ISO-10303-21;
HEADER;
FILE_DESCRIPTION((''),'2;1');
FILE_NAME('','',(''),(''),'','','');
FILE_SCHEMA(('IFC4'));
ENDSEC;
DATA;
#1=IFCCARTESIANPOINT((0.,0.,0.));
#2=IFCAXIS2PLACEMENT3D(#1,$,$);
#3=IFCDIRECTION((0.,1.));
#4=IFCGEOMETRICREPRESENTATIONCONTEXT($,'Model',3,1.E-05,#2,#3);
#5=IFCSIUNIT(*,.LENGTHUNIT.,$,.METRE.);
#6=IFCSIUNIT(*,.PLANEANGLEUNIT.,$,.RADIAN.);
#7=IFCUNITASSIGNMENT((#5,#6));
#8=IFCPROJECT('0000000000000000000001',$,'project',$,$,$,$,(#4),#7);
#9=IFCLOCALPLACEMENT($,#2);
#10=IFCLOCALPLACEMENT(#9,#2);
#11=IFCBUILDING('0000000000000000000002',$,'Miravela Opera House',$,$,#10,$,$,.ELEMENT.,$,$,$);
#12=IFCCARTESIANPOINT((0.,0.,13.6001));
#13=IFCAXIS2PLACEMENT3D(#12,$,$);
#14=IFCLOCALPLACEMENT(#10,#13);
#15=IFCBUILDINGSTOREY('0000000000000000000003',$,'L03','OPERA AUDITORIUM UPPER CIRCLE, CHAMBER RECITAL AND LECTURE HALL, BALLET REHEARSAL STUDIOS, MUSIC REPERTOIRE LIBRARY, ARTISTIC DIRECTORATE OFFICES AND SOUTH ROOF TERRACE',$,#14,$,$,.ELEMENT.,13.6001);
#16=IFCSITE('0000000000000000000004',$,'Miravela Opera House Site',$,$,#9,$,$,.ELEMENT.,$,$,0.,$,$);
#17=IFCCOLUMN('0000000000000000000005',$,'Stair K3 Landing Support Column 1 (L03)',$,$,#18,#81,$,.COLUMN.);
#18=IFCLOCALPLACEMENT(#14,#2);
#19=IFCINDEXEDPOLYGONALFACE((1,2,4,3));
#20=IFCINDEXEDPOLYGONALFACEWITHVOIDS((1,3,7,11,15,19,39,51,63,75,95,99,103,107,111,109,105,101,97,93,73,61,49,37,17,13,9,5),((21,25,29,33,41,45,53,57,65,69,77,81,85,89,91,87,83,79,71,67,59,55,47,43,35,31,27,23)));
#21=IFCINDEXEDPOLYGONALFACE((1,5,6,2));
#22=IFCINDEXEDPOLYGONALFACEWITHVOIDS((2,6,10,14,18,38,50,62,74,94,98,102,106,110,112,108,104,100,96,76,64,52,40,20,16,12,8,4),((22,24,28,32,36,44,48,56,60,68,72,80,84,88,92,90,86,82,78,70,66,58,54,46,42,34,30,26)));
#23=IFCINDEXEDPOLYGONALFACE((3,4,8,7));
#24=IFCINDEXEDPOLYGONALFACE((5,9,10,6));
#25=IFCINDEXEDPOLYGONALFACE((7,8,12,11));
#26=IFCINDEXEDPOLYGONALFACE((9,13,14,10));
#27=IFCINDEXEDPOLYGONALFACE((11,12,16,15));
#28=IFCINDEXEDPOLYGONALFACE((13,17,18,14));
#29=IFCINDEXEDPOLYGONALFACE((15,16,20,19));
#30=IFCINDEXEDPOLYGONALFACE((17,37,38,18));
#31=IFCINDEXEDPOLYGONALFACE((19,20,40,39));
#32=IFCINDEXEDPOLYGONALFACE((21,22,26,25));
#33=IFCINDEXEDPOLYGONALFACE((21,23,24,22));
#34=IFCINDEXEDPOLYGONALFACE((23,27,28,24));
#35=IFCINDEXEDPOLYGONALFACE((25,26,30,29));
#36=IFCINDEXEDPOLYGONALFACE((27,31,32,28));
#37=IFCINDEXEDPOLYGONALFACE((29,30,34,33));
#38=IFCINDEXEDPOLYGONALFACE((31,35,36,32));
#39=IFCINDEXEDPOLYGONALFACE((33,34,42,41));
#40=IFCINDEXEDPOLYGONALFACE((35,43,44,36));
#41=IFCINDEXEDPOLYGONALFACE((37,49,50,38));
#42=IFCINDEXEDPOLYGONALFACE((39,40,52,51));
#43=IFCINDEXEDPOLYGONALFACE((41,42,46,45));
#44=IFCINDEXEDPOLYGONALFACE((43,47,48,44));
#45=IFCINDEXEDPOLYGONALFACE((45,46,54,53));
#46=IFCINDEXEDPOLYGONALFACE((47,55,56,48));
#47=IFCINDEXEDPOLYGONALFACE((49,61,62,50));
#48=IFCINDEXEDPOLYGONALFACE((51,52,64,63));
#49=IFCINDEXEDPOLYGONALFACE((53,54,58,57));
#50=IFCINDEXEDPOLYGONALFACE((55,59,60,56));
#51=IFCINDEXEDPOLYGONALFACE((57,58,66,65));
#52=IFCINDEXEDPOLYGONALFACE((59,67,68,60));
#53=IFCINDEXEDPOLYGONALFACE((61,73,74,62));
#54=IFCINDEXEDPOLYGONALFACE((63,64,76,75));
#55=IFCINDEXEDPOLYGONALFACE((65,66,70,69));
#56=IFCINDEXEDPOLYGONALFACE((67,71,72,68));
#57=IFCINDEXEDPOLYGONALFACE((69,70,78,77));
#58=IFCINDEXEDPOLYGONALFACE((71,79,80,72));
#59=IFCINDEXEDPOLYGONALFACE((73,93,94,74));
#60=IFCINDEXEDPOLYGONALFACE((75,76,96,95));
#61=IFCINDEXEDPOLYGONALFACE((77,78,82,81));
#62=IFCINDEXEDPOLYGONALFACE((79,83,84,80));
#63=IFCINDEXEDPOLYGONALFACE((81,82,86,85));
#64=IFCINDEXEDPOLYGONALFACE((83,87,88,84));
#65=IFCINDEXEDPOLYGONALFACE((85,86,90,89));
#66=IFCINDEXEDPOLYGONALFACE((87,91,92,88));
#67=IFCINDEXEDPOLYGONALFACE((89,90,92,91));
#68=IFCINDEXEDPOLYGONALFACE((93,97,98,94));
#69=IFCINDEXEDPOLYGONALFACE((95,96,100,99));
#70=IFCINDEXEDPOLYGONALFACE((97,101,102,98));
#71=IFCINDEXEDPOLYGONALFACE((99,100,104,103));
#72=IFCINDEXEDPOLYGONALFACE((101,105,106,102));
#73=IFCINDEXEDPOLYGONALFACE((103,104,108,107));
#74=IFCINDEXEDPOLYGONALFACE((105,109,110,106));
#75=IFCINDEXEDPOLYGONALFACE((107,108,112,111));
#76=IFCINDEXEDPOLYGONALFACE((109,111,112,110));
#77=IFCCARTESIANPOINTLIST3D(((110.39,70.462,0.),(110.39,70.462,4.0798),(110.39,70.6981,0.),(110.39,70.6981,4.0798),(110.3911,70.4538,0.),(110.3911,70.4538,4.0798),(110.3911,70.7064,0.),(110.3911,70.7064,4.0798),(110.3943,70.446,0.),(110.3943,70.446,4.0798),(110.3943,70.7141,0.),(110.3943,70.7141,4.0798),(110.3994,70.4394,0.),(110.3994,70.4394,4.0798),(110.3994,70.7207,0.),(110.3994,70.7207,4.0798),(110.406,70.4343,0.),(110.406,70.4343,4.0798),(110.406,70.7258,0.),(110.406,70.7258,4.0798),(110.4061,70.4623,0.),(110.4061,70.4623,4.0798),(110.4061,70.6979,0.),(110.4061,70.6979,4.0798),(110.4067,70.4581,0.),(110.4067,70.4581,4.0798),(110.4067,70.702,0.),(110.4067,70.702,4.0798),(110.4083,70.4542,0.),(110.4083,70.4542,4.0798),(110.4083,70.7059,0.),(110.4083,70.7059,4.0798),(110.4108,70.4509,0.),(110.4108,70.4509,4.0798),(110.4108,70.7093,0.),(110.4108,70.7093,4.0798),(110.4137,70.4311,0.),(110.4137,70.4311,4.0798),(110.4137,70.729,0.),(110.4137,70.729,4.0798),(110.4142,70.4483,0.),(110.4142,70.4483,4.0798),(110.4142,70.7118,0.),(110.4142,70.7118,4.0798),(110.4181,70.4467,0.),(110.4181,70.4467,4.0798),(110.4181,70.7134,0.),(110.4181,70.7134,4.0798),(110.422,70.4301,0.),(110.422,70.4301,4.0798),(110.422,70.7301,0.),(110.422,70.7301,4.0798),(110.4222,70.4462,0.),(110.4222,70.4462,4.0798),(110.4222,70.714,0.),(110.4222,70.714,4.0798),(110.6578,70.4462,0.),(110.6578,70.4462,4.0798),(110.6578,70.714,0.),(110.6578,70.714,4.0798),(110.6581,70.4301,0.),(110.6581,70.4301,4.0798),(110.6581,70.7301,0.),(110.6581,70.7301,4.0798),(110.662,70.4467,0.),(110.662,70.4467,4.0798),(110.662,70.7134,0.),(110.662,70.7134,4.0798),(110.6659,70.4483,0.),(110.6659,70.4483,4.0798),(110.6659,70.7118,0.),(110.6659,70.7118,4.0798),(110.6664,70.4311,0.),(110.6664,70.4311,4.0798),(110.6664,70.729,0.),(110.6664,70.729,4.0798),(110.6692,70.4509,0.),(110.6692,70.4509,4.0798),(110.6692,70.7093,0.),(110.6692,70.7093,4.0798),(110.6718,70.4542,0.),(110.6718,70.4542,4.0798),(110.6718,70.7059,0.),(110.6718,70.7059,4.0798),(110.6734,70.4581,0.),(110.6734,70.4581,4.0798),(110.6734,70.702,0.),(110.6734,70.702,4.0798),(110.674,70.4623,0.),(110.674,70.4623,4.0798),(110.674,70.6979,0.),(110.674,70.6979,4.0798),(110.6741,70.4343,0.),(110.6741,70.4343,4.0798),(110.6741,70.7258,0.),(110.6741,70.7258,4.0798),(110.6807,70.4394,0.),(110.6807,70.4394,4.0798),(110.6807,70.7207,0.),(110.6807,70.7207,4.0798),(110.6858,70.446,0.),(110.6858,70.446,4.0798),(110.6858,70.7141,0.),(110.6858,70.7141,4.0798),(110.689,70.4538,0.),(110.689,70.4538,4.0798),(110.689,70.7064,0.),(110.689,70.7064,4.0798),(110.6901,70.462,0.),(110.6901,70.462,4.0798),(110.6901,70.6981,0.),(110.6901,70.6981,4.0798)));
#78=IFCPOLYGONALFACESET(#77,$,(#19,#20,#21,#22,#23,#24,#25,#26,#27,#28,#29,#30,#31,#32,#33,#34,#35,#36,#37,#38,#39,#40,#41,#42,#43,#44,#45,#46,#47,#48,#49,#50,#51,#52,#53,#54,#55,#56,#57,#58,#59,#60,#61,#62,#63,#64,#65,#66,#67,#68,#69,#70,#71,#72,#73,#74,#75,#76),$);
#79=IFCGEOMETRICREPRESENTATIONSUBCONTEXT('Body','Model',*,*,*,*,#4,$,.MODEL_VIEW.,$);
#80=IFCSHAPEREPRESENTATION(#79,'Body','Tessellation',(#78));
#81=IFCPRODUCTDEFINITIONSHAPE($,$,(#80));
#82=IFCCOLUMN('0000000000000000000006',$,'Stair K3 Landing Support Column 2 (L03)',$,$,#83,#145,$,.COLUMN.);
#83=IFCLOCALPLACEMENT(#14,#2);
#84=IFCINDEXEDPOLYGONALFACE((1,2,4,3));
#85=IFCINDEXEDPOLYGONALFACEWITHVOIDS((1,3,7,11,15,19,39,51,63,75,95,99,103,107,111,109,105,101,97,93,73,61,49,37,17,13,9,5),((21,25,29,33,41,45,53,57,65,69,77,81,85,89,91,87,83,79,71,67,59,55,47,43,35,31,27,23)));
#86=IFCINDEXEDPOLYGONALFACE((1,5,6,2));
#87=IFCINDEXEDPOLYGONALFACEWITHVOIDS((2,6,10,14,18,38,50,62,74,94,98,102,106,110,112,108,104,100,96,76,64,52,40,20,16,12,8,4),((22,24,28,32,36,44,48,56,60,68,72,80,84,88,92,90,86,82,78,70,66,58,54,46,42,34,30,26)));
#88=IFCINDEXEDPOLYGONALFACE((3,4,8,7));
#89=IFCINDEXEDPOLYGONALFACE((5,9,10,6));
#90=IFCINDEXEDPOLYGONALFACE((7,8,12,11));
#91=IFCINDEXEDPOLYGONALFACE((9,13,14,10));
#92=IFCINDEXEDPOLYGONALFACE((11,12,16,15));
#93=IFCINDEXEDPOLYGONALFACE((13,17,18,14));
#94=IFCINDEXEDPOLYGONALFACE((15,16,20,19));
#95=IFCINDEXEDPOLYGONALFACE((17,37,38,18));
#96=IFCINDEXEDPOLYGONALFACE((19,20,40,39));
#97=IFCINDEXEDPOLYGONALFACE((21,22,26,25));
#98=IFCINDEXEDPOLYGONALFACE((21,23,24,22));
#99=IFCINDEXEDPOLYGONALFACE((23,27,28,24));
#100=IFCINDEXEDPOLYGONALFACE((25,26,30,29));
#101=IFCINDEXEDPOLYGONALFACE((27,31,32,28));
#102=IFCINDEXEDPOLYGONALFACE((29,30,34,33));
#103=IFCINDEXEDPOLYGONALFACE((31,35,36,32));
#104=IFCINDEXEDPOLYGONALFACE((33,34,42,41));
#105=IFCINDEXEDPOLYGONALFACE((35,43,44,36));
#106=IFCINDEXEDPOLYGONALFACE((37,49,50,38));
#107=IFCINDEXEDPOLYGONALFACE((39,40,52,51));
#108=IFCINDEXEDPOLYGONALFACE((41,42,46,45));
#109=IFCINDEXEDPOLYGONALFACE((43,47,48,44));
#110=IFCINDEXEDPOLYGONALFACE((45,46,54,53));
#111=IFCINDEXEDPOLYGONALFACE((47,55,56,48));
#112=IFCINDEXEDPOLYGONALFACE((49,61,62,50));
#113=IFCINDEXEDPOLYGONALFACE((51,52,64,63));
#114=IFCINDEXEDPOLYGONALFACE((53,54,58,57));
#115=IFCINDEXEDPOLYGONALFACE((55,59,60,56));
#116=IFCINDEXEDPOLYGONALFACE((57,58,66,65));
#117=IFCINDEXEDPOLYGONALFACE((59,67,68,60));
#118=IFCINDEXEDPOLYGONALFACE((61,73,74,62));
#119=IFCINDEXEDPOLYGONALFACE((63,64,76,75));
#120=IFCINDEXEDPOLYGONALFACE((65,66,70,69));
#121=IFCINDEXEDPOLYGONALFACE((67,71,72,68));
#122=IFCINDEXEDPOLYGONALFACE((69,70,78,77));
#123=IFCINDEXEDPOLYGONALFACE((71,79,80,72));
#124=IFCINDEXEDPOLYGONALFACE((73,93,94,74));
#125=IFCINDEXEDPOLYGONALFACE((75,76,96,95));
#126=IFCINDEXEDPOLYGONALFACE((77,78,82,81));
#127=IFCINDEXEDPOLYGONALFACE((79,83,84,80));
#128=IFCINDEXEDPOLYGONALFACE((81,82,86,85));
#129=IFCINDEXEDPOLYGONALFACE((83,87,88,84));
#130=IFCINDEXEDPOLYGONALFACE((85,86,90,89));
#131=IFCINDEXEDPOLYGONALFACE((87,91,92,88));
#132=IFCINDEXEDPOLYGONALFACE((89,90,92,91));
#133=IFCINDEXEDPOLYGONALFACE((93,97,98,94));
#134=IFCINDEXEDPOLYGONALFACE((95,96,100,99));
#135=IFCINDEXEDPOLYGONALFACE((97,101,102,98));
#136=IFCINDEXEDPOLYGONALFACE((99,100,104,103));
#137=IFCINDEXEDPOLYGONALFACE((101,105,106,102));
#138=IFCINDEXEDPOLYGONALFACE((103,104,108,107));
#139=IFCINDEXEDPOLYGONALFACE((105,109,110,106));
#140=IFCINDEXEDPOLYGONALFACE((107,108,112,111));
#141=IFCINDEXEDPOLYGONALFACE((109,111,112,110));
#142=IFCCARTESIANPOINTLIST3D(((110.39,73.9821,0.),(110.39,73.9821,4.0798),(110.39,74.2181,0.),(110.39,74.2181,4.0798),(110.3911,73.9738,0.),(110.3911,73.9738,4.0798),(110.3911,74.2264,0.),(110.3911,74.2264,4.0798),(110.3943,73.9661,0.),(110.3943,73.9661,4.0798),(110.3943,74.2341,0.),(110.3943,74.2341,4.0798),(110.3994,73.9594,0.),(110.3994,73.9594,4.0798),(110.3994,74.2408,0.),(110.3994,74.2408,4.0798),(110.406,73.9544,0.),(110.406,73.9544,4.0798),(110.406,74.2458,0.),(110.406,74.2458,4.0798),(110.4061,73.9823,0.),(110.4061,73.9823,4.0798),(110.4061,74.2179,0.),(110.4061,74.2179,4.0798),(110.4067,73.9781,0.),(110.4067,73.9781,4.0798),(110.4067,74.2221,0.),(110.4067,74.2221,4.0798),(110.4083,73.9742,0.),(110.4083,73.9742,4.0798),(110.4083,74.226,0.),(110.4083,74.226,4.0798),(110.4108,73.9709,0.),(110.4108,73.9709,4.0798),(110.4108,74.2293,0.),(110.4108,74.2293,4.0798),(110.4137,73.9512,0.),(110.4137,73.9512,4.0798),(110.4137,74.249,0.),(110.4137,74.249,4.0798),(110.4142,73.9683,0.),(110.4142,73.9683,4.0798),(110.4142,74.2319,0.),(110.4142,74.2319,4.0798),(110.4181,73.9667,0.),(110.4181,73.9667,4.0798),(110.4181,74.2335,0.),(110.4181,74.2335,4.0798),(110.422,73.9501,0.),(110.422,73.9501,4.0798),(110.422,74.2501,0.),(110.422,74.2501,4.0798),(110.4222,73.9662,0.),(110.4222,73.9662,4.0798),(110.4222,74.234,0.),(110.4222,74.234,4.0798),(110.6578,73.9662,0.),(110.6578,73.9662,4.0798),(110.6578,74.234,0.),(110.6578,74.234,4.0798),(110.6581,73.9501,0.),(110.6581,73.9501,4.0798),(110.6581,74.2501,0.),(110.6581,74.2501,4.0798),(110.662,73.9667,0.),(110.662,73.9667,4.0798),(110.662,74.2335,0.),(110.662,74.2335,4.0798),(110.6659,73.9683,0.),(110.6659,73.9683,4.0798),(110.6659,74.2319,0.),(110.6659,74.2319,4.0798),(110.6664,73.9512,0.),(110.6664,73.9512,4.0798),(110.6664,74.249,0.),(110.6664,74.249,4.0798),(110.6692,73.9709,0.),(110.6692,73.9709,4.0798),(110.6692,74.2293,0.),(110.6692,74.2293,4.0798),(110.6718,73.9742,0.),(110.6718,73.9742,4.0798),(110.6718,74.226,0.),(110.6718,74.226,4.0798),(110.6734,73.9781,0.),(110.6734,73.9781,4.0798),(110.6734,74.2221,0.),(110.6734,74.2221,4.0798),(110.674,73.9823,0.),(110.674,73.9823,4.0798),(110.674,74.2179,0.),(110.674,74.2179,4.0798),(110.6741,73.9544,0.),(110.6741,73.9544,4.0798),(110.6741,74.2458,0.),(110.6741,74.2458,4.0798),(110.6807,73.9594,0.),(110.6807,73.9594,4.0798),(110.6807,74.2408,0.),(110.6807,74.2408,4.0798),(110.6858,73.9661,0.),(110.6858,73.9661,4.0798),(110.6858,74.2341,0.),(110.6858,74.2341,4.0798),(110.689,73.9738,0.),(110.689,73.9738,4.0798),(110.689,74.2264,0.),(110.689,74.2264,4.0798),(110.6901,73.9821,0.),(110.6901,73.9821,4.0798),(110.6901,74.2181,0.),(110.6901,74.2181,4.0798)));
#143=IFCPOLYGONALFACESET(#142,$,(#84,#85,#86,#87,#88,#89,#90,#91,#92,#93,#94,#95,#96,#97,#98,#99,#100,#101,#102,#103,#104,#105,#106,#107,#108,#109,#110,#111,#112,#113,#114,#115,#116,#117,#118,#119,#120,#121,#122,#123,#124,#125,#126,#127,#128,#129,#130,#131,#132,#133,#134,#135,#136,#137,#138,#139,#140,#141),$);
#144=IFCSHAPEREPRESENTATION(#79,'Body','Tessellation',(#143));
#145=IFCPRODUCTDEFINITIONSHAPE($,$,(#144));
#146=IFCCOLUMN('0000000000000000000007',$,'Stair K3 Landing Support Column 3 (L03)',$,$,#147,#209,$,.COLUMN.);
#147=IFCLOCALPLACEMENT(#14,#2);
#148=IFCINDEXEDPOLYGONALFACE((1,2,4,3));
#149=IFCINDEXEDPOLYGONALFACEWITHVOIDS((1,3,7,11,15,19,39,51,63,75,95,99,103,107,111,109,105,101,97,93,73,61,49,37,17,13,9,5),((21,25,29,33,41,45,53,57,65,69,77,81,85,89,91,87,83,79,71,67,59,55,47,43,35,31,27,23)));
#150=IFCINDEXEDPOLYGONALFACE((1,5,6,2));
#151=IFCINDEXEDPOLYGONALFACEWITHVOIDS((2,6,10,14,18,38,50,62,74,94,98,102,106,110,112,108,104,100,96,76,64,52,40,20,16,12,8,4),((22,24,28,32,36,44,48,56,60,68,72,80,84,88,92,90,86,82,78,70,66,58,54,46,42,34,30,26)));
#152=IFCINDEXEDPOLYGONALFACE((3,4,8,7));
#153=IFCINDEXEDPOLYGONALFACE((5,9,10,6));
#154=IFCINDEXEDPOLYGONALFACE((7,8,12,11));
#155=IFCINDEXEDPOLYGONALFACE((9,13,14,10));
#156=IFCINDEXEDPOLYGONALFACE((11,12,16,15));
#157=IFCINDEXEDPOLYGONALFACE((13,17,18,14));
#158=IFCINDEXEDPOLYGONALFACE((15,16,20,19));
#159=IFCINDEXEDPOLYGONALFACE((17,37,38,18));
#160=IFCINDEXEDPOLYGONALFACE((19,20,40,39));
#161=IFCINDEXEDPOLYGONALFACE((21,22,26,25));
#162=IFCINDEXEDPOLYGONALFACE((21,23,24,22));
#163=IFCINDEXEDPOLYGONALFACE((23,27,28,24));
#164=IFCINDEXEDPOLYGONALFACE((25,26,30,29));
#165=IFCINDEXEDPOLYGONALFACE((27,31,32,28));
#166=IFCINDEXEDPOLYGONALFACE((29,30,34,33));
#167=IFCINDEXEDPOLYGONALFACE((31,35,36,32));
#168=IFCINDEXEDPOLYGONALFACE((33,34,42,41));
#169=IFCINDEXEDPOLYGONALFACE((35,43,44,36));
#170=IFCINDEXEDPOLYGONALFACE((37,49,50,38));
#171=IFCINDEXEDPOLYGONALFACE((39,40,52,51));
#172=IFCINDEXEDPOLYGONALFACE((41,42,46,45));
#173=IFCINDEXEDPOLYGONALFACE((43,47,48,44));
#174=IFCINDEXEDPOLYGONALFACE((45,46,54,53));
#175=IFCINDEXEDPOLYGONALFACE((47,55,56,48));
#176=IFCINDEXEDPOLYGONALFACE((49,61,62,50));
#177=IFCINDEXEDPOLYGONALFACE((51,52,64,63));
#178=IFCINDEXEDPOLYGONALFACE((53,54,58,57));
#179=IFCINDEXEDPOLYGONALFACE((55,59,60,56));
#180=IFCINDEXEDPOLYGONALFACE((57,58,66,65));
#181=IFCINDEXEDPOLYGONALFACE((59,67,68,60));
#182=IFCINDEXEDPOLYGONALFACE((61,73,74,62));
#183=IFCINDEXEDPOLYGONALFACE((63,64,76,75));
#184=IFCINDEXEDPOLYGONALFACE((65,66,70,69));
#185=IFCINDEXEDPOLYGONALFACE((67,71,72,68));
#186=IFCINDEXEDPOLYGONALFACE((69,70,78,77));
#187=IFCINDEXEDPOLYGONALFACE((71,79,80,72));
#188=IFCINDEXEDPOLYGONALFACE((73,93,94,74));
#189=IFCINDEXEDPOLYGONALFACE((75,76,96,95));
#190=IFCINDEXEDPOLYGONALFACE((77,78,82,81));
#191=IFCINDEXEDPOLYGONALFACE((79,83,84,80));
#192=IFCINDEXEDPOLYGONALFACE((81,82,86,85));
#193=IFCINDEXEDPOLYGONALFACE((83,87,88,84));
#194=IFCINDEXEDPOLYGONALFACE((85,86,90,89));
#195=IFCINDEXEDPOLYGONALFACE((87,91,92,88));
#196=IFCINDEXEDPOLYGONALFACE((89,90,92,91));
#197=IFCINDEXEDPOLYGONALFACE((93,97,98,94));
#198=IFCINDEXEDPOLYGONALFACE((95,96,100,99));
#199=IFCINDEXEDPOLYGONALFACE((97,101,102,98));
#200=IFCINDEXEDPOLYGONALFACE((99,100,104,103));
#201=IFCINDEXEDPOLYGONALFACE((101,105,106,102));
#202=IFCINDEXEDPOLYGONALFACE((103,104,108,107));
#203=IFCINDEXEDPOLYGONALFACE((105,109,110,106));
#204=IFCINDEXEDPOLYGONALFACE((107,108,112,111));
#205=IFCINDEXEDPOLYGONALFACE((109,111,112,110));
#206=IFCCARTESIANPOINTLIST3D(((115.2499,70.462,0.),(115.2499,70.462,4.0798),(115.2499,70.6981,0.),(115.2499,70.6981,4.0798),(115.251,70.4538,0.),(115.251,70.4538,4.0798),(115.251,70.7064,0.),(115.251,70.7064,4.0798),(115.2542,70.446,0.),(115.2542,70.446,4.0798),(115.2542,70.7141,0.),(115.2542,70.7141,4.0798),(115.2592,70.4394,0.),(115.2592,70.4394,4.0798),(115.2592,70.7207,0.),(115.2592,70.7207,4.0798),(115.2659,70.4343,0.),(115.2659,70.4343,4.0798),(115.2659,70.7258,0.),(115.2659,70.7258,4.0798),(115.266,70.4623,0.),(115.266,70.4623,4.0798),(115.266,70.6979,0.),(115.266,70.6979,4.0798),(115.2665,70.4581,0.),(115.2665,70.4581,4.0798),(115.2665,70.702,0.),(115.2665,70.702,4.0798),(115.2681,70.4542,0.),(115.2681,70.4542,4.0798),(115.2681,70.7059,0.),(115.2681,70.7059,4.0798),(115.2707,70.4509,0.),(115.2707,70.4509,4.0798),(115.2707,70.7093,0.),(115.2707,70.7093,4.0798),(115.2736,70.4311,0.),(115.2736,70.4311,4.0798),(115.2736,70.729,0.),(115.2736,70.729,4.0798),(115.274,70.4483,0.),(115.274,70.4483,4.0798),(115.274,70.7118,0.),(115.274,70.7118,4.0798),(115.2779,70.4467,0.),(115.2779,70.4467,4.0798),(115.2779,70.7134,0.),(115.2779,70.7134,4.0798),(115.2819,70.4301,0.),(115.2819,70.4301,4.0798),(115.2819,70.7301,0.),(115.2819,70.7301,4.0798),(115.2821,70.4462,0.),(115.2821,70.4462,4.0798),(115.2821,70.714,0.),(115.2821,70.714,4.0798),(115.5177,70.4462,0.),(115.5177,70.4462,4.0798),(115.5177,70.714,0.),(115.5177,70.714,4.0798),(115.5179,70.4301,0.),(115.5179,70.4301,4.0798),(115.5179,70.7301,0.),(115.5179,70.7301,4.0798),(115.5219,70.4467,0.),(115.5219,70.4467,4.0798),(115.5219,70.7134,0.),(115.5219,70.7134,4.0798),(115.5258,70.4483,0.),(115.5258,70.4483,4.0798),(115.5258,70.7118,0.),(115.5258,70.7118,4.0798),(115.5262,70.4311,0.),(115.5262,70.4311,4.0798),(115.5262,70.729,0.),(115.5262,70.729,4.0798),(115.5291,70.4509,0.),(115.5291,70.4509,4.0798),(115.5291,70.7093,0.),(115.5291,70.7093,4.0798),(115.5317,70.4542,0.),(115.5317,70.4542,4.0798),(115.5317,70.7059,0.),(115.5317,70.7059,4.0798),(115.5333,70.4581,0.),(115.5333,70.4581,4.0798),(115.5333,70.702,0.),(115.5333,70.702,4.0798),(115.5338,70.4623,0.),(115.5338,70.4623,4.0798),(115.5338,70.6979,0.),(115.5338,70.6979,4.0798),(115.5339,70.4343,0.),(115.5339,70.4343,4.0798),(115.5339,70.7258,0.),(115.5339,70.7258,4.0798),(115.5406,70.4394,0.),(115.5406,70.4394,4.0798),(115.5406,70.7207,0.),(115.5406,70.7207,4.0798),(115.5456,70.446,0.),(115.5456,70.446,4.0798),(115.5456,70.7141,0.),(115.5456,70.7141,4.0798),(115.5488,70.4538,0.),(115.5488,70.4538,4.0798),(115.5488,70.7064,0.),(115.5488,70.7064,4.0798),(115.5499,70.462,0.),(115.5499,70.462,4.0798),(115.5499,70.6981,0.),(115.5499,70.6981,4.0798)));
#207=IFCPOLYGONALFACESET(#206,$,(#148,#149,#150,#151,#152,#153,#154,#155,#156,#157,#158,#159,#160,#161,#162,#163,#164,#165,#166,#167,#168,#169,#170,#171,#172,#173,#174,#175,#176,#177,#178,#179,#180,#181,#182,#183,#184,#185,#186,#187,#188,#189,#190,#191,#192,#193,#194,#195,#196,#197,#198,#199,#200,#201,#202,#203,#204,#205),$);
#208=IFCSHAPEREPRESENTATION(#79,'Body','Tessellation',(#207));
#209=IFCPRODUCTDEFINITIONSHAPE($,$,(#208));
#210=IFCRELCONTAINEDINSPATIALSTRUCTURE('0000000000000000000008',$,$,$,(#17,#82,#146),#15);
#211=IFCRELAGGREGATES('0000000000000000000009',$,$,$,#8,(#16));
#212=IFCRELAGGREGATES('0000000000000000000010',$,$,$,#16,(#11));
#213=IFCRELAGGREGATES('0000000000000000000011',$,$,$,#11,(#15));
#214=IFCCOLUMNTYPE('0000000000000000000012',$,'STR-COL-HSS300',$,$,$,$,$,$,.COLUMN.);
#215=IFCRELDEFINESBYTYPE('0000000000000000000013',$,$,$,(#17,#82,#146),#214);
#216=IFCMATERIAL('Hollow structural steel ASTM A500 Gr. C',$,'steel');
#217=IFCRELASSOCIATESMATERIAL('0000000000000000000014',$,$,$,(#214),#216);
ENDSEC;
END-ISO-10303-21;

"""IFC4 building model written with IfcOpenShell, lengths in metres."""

from ifc_helpers import new_model, si_unit, direction, frame, origin, origin_2d, place, context, subcontext, project, spatial, hollow_rectangle, extrude, material, material_profile, profile_set, type_object, element, save


model = new_model("IFC4")

# Units and contexts
model_context = context("Model", 3, precision=1e-05, world=origin(), true_north=direction((0.0, 1.0)))
body_context = subcontext(model_context, "Body", "Model", "MODEL_VIEW")
ifc_project = project(units=[si_unit("LENGTHUNIT", "METRE"), si_unit("PLANEANGLEUNIT", "RADIAN")], contexts=[model_context])

# Site, building, storey
site_placement = place(None, origin())
site = spatial("IfcSite", under=ifc_project, at=site_placement, Name="Miravela Opera House Site", CompositionType="ELEMENT", RefElevation=0.0)
building_placement = place(site_placement, origin())
building = spatial("IfcBuilding", under=site, at=building_placement, Name="Miravela Opera House", CompositionType="ELEMENT")
storey_placement = place(building_placement, frame((0.0, 0.0, 13.6001)))
storey = spatial("IfcBuildingStorey", under=building, at=storey_placement, Name="L03", Description="OPERA AUDITORIUM UPPER CIRCLE, CHAMBER RECITAL AND LECTURE HALL, BALLET REHEARSAL STUDIOS, MUSIC REPERTOIRE LIBRARY, ARTISTIC DIRECTORATE OFFICES AND SOUTH ROOF TERRACE", CompositionType="ELEMENT", Elevation=13.6001)

# Columns
ifc_material_1 = material(Name="Hollow structural steel ASTM A500 Gr. C", Category="steel")
ifc_material_profile_1 = material_profile(ifc_material_1, hollow_rectangle(XDim=0.3, YDim=0.3, WallThickness=0.0161, InnerFilletRadius=0.0161, OuterFilletRadius=0.032, at=origin_2d()), Name="HSS300X300X16")
ifc_profile_set_1 = profile_set([ifc_material_profile_1])
column_type = type_object("IfcColumnType", Name="STR-COL-HSS300", PredefinedType="COLUMN", material=ifc_profile_set_1)
for number, where, z_axis, x_axis, name in (
    (1, (110.54, 70.5801, 0.0), (0.0, 0.0, 1.0), (1.0, 0.0, 0.0), "Stair K3 Landing Support Column 1 (L03)"),
    (2, (110.54, 74.1001, 0.0), (0.0, 0.0, 1.0), (1.0, 0.0, 0.0), "Stair K3 Landing Support Column 2 (L03)"),
    (3, (115.3999, 70.5801, 0.0), (0.0, 0.0, 1.0), (1.0, 0.0, 0.0), "Stair K3 Landing Support Column 3 (L03)"),
):
    element("IfcColumn", number, at=place(storey_placement, frame(where, z_axis=z_axis, x_axis=x_axis)), inside=storey, type_object=column_type, Name=name, PredefinedType="COLUMN", context=body_context, shape_type="SweptSolid", body=[
        extrude(hollow_rectangle(XDim=0.3, YDim=0.3, WallThickness=0.0161, InnerFilletRadius=0.0161, OuterFilletRadius=0.032, at=origin_2d()), origin(), (0.0, 0.0, 1.0), 4.0798),
    ])

save(model, "model.ifc")
